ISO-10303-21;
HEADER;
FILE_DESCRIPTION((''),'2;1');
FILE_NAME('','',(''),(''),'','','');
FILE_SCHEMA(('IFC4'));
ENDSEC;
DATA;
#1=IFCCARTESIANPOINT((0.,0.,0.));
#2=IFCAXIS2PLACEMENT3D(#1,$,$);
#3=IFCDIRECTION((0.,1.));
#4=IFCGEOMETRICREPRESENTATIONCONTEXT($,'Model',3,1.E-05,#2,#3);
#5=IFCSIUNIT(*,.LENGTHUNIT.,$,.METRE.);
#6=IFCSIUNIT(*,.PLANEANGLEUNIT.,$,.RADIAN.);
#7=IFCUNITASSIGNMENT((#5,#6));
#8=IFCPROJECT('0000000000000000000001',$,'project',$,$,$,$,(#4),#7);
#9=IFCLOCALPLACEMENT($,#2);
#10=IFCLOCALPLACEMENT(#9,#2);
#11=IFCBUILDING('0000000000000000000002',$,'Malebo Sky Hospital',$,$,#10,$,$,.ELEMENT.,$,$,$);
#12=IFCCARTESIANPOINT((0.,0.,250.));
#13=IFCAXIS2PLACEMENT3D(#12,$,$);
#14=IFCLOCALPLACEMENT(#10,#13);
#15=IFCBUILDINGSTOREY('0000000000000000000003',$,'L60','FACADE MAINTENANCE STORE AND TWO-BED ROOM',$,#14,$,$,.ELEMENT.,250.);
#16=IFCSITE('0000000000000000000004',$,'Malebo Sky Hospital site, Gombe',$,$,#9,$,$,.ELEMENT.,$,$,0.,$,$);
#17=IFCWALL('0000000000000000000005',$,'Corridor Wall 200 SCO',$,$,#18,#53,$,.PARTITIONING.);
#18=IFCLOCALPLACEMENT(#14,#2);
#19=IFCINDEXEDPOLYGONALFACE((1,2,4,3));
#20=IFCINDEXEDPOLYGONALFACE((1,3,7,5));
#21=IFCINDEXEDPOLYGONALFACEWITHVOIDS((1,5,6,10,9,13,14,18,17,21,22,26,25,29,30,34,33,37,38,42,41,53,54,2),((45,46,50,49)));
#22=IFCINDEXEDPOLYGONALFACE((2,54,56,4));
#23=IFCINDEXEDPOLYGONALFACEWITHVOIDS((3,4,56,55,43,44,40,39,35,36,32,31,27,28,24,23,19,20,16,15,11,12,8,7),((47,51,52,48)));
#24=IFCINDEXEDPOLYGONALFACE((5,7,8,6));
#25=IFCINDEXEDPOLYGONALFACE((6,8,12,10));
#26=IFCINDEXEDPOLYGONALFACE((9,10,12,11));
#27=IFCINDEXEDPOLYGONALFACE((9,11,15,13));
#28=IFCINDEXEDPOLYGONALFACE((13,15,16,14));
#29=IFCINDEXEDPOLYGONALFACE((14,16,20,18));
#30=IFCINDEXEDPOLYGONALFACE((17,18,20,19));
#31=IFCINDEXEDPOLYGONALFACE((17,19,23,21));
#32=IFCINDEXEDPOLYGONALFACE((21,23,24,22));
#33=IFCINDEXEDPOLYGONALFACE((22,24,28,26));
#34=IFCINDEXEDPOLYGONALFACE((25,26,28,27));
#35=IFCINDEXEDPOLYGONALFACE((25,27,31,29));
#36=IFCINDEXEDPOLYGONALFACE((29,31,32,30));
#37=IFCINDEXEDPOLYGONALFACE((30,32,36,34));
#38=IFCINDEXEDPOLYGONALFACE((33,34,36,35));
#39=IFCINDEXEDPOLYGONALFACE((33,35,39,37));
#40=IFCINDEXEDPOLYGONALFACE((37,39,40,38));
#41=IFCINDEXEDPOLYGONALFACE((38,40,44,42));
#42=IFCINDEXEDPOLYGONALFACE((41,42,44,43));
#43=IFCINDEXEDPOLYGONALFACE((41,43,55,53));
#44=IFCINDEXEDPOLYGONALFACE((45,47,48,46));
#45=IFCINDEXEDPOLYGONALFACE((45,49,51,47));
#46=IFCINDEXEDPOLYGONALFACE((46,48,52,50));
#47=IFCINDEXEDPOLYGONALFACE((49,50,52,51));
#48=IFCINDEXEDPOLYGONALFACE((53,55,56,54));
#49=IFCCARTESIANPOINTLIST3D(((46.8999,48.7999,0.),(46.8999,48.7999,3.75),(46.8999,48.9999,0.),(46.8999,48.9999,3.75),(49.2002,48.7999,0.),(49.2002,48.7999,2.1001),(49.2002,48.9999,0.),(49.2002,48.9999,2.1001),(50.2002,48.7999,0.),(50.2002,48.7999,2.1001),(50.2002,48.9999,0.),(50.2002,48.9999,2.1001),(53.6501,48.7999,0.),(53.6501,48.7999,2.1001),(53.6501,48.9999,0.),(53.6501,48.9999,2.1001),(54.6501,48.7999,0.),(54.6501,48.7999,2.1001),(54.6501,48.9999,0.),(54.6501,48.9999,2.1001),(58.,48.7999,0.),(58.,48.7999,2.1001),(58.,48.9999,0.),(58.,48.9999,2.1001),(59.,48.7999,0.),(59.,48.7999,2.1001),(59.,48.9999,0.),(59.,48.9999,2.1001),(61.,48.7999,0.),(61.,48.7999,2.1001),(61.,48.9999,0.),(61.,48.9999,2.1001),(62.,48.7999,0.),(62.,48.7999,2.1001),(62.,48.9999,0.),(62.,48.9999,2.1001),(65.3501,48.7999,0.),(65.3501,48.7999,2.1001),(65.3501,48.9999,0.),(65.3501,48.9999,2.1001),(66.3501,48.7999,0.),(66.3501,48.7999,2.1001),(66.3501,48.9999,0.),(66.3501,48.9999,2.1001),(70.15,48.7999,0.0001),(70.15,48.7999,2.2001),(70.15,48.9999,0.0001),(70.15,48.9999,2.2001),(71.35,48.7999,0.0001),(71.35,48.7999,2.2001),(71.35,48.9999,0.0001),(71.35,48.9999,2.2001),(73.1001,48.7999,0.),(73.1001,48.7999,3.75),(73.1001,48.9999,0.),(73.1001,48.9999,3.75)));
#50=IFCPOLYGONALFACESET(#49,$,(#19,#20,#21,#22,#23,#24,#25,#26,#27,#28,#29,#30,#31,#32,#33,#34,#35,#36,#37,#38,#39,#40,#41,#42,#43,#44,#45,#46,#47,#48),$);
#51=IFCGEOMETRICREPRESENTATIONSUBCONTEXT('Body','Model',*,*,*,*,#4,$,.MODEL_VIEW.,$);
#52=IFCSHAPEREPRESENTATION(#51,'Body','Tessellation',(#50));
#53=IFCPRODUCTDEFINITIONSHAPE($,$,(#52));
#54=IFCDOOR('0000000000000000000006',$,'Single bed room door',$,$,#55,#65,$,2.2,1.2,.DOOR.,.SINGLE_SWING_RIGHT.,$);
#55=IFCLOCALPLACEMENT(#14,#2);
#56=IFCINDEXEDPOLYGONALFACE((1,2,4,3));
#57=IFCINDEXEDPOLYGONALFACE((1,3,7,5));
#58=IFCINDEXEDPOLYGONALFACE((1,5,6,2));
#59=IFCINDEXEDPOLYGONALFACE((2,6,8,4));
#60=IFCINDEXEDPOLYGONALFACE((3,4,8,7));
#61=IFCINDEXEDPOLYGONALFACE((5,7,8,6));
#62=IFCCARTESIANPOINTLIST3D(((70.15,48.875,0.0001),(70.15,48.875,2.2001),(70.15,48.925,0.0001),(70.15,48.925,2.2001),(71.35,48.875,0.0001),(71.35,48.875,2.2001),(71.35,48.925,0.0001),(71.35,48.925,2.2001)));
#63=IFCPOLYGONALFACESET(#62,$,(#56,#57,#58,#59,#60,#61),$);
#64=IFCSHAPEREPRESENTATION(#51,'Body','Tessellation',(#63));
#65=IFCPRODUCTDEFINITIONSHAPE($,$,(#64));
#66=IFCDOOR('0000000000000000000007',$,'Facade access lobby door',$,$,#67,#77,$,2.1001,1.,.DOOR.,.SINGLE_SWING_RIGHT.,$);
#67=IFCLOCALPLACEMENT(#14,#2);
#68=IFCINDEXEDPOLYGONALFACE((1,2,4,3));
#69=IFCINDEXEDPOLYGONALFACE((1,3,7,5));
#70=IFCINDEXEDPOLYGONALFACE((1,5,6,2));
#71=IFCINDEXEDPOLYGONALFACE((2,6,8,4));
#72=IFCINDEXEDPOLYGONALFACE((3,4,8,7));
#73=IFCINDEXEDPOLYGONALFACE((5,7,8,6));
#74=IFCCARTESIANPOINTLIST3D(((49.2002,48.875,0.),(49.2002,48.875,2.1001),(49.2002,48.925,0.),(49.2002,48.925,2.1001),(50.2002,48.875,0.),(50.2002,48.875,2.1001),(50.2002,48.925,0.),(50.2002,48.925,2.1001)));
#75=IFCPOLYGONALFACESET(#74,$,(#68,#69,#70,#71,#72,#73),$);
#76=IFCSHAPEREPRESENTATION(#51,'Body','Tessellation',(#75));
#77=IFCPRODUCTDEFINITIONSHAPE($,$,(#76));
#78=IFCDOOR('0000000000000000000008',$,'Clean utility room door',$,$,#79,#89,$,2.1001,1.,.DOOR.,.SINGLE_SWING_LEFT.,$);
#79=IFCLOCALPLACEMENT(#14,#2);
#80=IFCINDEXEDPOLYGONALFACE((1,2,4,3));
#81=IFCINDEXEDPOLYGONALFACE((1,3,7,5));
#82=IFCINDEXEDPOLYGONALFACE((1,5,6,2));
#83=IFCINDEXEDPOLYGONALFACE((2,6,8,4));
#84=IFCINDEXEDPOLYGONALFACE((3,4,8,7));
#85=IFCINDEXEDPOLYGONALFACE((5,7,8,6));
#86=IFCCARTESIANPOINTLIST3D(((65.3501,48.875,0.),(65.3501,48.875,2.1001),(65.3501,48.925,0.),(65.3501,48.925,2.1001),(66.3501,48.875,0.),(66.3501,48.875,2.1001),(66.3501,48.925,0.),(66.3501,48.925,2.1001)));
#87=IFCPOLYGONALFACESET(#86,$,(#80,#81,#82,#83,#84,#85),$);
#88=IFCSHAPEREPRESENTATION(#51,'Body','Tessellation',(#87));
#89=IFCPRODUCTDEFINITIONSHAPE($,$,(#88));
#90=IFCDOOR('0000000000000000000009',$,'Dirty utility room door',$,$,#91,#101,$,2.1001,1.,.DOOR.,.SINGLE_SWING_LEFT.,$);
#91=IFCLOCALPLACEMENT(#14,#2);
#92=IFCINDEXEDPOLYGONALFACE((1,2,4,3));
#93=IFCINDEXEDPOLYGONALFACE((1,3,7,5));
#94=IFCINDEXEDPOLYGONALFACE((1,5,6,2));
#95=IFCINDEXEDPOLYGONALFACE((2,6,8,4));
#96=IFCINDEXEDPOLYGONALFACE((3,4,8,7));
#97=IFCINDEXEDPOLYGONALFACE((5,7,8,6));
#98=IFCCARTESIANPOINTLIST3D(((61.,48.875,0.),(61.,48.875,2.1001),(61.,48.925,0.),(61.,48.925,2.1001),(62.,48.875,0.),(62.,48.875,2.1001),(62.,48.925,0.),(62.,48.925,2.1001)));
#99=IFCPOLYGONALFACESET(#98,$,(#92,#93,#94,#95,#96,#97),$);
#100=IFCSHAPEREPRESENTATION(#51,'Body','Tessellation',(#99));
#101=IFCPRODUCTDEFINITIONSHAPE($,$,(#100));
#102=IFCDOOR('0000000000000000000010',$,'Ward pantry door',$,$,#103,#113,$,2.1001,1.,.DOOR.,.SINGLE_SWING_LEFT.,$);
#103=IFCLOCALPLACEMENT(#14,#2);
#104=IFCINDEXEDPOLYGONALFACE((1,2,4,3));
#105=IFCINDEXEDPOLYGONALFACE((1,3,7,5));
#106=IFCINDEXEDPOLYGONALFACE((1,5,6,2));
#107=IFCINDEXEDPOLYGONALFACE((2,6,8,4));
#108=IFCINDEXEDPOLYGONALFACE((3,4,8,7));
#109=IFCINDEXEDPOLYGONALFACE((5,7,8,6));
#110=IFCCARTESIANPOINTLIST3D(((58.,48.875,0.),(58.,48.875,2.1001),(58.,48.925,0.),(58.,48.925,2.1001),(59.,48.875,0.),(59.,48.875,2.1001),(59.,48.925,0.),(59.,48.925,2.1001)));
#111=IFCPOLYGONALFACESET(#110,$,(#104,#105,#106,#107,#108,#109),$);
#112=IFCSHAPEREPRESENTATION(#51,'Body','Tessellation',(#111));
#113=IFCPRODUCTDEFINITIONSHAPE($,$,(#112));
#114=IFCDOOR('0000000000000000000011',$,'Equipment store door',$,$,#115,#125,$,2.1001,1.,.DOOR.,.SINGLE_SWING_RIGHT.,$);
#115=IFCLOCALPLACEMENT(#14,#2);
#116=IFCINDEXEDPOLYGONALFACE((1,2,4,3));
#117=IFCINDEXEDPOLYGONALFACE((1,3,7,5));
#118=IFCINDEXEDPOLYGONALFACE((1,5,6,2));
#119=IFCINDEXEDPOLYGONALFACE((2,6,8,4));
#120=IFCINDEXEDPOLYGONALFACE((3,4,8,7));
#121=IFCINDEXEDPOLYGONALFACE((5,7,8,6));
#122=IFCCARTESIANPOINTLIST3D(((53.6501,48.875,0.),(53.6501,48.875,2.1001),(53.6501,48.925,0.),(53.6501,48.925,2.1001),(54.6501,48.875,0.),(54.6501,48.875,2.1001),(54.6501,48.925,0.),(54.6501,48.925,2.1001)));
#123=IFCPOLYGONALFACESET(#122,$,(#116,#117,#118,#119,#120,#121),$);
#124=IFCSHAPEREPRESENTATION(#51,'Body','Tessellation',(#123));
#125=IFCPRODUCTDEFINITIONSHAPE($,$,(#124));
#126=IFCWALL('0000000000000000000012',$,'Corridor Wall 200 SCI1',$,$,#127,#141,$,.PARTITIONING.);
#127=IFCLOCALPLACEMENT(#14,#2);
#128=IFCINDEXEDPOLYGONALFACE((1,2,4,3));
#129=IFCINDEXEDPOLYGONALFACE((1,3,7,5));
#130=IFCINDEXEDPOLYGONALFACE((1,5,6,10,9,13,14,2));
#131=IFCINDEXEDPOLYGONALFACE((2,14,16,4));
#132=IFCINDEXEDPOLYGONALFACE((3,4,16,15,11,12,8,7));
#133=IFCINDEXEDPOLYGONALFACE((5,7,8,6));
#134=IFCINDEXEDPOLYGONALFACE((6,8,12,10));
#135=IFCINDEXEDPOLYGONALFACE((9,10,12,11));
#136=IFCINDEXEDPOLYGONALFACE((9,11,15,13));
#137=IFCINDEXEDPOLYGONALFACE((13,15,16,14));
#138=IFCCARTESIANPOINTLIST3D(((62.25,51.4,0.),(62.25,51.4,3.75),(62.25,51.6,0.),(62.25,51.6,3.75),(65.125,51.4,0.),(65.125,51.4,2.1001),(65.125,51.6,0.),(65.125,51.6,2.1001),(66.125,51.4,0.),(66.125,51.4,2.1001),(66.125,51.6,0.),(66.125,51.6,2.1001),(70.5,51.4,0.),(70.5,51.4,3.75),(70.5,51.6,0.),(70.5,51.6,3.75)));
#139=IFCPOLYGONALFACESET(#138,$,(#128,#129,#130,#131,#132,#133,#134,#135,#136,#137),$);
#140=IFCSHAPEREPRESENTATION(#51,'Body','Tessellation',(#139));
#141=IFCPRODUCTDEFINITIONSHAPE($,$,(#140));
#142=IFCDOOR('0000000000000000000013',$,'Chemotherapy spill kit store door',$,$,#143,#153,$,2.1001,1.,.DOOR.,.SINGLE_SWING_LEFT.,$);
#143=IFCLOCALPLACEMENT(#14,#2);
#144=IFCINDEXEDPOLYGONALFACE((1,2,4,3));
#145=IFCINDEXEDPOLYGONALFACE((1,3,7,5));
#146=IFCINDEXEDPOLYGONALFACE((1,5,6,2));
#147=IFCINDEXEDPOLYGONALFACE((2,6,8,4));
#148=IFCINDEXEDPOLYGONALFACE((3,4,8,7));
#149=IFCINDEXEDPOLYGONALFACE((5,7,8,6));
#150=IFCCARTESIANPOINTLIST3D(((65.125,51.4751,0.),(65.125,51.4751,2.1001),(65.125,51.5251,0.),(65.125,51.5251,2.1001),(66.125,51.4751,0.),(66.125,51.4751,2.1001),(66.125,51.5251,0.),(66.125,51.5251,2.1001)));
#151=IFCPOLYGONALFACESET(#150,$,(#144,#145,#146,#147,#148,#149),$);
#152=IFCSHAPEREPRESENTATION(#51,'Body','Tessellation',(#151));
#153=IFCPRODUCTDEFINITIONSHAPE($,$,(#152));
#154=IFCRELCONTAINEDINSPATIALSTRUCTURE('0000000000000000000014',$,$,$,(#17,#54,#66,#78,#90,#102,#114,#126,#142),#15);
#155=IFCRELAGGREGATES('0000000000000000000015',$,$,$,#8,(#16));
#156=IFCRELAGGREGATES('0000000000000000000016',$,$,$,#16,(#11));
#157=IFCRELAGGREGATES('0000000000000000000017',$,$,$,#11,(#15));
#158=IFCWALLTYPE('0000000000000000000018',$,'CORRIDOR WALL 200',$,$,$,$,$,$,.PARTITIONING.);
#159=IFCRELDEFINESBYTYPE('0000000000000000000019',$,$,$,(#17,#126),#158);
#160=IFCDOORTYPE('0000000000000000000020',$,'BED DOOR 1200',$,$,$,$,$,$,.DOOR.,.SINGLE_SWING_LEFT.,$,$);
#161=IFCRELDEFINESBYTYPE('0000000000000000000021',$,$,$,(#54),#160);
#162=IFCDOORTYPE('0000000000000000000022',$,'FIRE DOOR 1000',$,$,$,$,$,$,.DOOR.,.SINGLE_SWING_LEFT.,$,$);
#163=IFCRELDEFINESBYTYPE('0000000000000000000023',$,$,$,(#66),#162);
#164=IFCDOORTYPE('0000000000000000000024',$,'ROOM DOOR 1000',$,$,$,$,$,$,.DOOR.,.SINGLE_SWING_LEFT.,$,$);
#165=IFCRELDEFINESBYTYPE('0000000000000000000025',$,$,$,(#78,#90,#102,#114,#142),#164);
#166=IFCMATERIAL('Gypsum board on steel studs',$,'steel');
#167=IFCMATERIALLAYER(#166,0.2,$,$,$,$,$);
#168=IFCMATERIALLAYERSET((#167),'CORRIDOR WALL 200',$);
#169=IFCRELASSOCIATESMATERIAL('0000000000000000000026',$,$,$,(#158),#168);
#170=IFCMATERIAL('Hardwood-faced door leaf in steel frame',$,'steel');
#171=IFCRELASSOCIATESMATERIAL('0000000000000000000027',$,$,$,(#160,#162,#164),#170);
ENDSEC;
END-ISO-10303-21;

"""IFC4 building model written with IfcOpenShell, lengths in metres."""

from ifc_helpers import new_model, si_unit, direction, frame, frame_2d, origin, place, context, subcontext, project, spatial, rectangle, extrude, material, layer, layer_set, type_object, element, fill, save


model = new_model("IFC4")

# Units and contexts
model_context = context("Model", 3, precision=1e-05, world=origin(), true_north=direction((0.0, 1.0)))
body_context = subcontext(model_context, "Body", "Model", "MODEL_VIEW")
ifc_project = project(units=[si_unit("LENGTHUNIT", "METRE"), si_unit("PLANEANGLEUNIT", "RADIAN")], contexts=[model_context])

# Site, building, storey
site_placement = place(None, origin())
site = spatial("IfcSite", under=ifc_project, at=site_placement, Name="Malebo Sky Hospital site, Gombe", CompositionType="ELEMENT", RefElevation=0.0)
building_placement = place(site_placement, origin())
building = spatial("IfcBuilding", under=site, at=building_placement, Name="Malebo Sky Hospital", CompositionType="ELEMENT")
storey_placement = place(building_placement, frame((0.0, 0.0, 250.0)))
storey = spatial("IfcBuildingStorey", under=building, at=storey_placement, Name="L60", Description="FACADE MAINTENANCE STORE AND TWO-BED ROOM", CompositionType="ELEMENT", Elevation=250.0)

# Shared definitions
ifc_material_1 = material(Name="Hardwood-faced door leaf in steel frame", Category="steel")

# Wall, openings, doors
ifc_material_2 = material(Name="Gypsum board on steel studs", Category="steel")
ifc_layer_1 = layer(ifc_material_2, 0.2)
ifc_layer_set_1 = layer_set([ifc_layer_1], Name="CORRIDOR WALL 200")
wall_type_1 = type_object("IfcWallType", Name="CORRIDOR WALL 200", PredefinedType="PARTITIONING", material=ifc_layer_set_1)
wall_1_placement = place(storey_placement, frame((73.1001, 48.8999, 0.0), z_axis=(0.0, 0.0, 1.0), x_axis=(-1.0, 0.0, 0.0)))
wall_1 = element("IfcWall", 1, at=wall_1_placement, inside=storey, type_object=wall_type_1, Name="Corridor Wall 200 SCO", PredefinedType="PARTITIONING", context=body_context, shape_type="SweptSolid", body=[
    extrude(rectangle(XDim=26.2002, YDim=0.2, at=frame_2d((13.1001, 0.0))), origin(), (0.0, 0.0, 1.0), 3.75),
])
opening_1_placement = place(wall_1_placement, frame((1.75, 0.0, 0.0)))
opening_1 = element("IfcOpeningElement", 2, at=opening_1_placement, cuts=wall_1, PredefinedType="OPENING", context=body_context, shape_type="SweptSolid", body=[
    extrude(rectangle(XDim=1.2, YDim=2.2, at=frame_2d((0.6001, 1.1001))), frame((0.0, 0.1099, 0.0), z_axis=(0.0, -1.0, 0.0), x_axis=(1.0, 0.0, 0.0)), (0.0, 0.0, 1.0), 0.22),
])
opening_2_placement = place(wall_1_placement, frame((6.75, 0.0, 0.0)))
opening_2 = element("IfcOpeningElement", 3, at=opening_2_placement, cuts=wall_1, PredefinedType="OPENING", context=body_context, shape_type="SweptSolid", body=[
    extrude(rectangle(XDim=1.0, YDim=2.1001, at=frame_2d((0.5, 1.05))), frame((0.0, 0.1099, 0.0), z_axis=(0.0, -1.0, 0.0), x_axis=(1.0, 0.0, 0.0)), (0.0, 0.0, 1.0), 0.22),
])
opening_3_placement = place(wall_1_placement, frame((11.1001, 0.0, 0.0)))
opening_3 = element("IfcOpeningElement", 4, at=opening_3_placement, cuts=wall_1, PredefinedType="OPENING", context=body_context, shape_type="SweptSolid", body=[
    extrude(rectangle(XDim=1.0, YDim=2.1001, at=frame_2d((0.5, 1.05))), frame((0.0, 0.1099, 0.0), z_axis=(0.0, -1.0, 0.0), x_axis=(1.0, 0.0, 0.0)), (0.0, 0.0, 1.0), 0.22),
])
opening_4_placement = place(wall_1_placement, frame((14.1001, 0.0, 0.0)))
opening_4 = element("IfcOpeningElement", 5, at=opening_4_placement, cuts=wall_1, PredefinedType="OPENING", context=body_context, shape_type="SweptSolid", body=[
    extrude(rectangle(XDim=1.0, YDim=2.1001, at=frame_2d((0.5, 1.05))), frame((0.0, 0.1099, 0.0), z_axis=(0.0, -1.0, 0.0), x_axis=(1.0, 0.0, 0.0)), (0.0, 0.0, 1.0), 0.22),
])
opening_5_placement = place(wall_1_placement, frame((18.45, 0.0, 0.0)))
opening_5 = element("IfcOpeningElement", 6, at=opening_5_placement, cuts=wall_1, PredefinedType="OPENING", context=body_context, shape_type="SweptSolid", body=[
    extrude(rectangle(XDim=1.0, YDim=2.1001, at=frame_2d((0.5, 1.05))), frame((0.0, 0.1099, 0.0), z_axis=(0.0, -1.0, 0.0), x_axis=(1.0, 0.0, 0.0)), (0.0, 0.0, 1.0), 0.22),
])
opening_6_placement = place(wall_1_placement, frame((22.8999, 0.0, 0.0)))
opening_6 = element("IfcOpeningElement", 7, at=opening_6_placement, cuts=wall_1, PredefinedType="OPENING", context=body_context, shape_type="SweptSolid", body=[
    extrude(rectangle(XDim=1.0, YDim=2.1001, at=frame_2d((0.5, 1.05))), frame((0.0, 0.1099, 0.0), z_axis=(0.0, -1.0, 0.0), x_axis=(1.0, 0.0, 0.0)), (0.0, 0.0, 1.0), 0.22),
])
door_type_1 = type_object("IfcDoorType", Name="BED DOOR 1200", OperationType="SINGLE_SWING_LEFT", PredefinedType="DOOR", material=ifc_material_1)
door_1_placement = place(opening_1_placement, origin())
door_1 = element("IfcDoor", 8, at=door_1_placement, inside=storey, type_object=door_type_1, Name="Single bed room door", OperationType="SINGLE_SWING_RIGHT", OverallHeight=2.2, OverallWidth=1.2, PredefinedType="DOOR", context=body_context, shape_type="SweptSolid", body=[
    extrude(rectangle(XDim=1.2, YDim=2.2, at=frame_2d((0.6001, 1.1001))), frame((0.0, 0.0249, 0.0), z_axis=(0.0, -1.0, 0.0), x_axis=(1.0, 0.0, 0.0)), (0.0, 0.0, 1.0), 0.05),
])
fill(opening_1, door_1)
door_type_2 = type_object("IfcDoorType", Name="FIRE DOOR 1000", OperationType="SINGLE_SWING_LEFT", PredefinedType="DOOR", material=ifc_material_1)
door_2_placement = place(opening_6_placement, origin())
door_2 = element("IfcDoor", 9, at=door_2_placement, inside=storey, type_object=door_type_2, Name="Facade access lobby door", OperationType="SINGLE_SWING_RIGHT", OverallHeight=2.1001, OverallWidth=1.0, PredefinedType="DOOR", context=body_context, shape_type="SweptSolid", body=[
    extrude(rectangle(XDim=1.0, YDim=2.1001, at=frame_2d((0.5, 1.05))), frame((0.0, 0.0249, 0.0), z_axis=(0.0, -1.0, 0.0), x_axis=(1.0, 0.0, 0.0)), (0.0, 0.0, 1.0), 0.05),
])
fill(opening_6, door_2)
door_type_3 = type_object("IfcDoorType", Name="ROOM DOOR 1000", OperationType="SINGLE_SWING_LEFT", PredefinedType="DOOR", material=ifc_material_1)
door_3_placement = place(opening_2_placement, origin())
door_3 = element("IfcDoor", 10, at=door_3_placement, inside=storey, type_object=door_type_3, Name="Clean utility room door", OperationType="SINGLE_SWING_LEFT", OverallHeight=2.1001, OverallWidth=1.0, PredefinedType="DOOR", context=body_context, shape_type="SweptSolid", body=[
    extrude(rectangle(XDim=1.0, YDim=2.1001, at=frame_2d((0.5, 1.05))), frame((0.0, 0.0249, 0.0), z_axis=(0.0, -1.0, 0.0), x_axis=(1.0, 0.0, 0.0)), (0.0, 0.0, 1.0), 0.05),
])
fill(opening_2, door_3)
door_4_placement = place(opening_3_placement, origin())
door_4 = element("IfcDoor", 11, at=door_4_placement, inside=storey, type_object=door_type_3, Name="Dirty utility room door", OperationType="SINGLE_SWING_LEFT", OverallHeight=2.1001, OverallWidth=1.0, PredefinedType="DOOR", context=body_context, shape_type="SweptSolid", body=[
    extrude(rectangle(XDim=1.0, YDim=2.1001, at=frame_2d((0.5, 1.05))), frame((0.0, 0.0249, 0.0), z_axis=(0.0, -1.0, 0.0), x_axis=(1.0, 0.0, 0.0)), (0.0, 0.0, 1.0), 0.05),
])
fill(opening_3, door_4)
door_5_placement = place(opening_4_placement, origin())
door_5 = element("IfcDoor", 12, at=door_5_placement, inside=storey, type_object=door_type_3, Name="Ward pantry door", OperationType="SINGLE_SWING_LEFT", OverallHeight=2.1001, OverallWidth=1.0, PredefinedType="DOOR", context=body_context, shape_type="SweptSolid", body=[
    extrude(rectangle(XDim=1.0, YDim=2.1001, at=frame_2d((0.5, 1.05))), frame((0.0, 0.0249, 0.0), z_axis=(0.0, -1.0, 0.0), x_axis=(1.0, 0.0, 0.0)), (0.0, 0.0, 1.0), 0.05),
])
fill(opening_4, door_5)
door_6_placement = place(opening_5_placement, origin())
door_6 = element("IfcDoor", 13, at=door_6_placement, inside=storey, type_object=door_type_3, Name="Equipment store door", OperationType="SINGLE_SWING_RIGHT", OverallHeight=2.1001, OverallWidth=1.0, PredefinedType="DOOR", context=body_context, shape_type="SweptSolid", body=[
    extrude(rectangle(XDim=1.0, YDim=2.1001, at=frame_2d((0.5, 1.05))), frame((0.0, 0.0249, 0.0), z_axis=(0.0, -1.0, 0.0), x_axis=(1.0, 0.0, 0.0)), (0.0, 0.0, 1.0), 0.05),
])
fill(opening_5, door_6)

# Wall, opening, door
wall_2_placement = place(storey_placement, frame((70.5, 51.5, 0.0), z_axis=(0.0, 0.0, 1.0), x_axis=(-1.0, 0.0, 0.0)))
wall_2 = element("IfcWall", 14, at=wall_2_placement, inside=storey, type_object=wall_type_1, Name="Corridor Wall 200 SCI1", PredefinedType="PARTITIONING", context=body_context, shape_type="SweptSolid", body=[
    extrude(rectangle(XDim=8.25, YDim=0.2, at=frame_2d((4.125, 0.0))), origin(), (0.0, 0.0, 1.0), 3.75),
])
opening_7_placement = place(wall_2_placement, frame((4.375, 0.0, 0.0)))
opening_7 = element("IfcOpeningElement", 15, at=opening_7_placement, cuts=wall_2, PredefinedType="OPENING", context=body_context, shape_type="SweptSolid", body=[
    extrude(rectangle(XDim=1.0, YDim=2.1001, at=frame_2d((0.5, 1.05))), frame((0.0, 0.1099, 0.0), z_axis=(0.0, -1.0, 0.0), x_axis=(1.0, 0.0, 0.0)), (0.0, 0.0, 1.0), 0.22),
])
door_7_placement = place(opening_7_placement, origin())
door_7 = element("IfcDoor", 16, at=door_7_placement, inside=storey, type_object=door_type_3, Name="Chemotherapy spill kit store door", OperationType="SINGLE_SWING_LEFT", OverallHeight=2.1001, OverallWidth=1.0, PredefinedType="DOOR", context=body_context, shape_type="SweptSolid", body=[
    extrude(rectangle(XDim=1.0, YDim=2.1001, at=frame_2d((0.5, 1.05))), frame((0.0, 0.0249, 0.0), z_axis=(0.0, -1.0, 0.0), x_axis=(1.0, 0.0, 0.0)), (0.0, 0.0, 1.0), 0.05),
])
fill(opening_7, door_7)

save(model, "model.ifc")
